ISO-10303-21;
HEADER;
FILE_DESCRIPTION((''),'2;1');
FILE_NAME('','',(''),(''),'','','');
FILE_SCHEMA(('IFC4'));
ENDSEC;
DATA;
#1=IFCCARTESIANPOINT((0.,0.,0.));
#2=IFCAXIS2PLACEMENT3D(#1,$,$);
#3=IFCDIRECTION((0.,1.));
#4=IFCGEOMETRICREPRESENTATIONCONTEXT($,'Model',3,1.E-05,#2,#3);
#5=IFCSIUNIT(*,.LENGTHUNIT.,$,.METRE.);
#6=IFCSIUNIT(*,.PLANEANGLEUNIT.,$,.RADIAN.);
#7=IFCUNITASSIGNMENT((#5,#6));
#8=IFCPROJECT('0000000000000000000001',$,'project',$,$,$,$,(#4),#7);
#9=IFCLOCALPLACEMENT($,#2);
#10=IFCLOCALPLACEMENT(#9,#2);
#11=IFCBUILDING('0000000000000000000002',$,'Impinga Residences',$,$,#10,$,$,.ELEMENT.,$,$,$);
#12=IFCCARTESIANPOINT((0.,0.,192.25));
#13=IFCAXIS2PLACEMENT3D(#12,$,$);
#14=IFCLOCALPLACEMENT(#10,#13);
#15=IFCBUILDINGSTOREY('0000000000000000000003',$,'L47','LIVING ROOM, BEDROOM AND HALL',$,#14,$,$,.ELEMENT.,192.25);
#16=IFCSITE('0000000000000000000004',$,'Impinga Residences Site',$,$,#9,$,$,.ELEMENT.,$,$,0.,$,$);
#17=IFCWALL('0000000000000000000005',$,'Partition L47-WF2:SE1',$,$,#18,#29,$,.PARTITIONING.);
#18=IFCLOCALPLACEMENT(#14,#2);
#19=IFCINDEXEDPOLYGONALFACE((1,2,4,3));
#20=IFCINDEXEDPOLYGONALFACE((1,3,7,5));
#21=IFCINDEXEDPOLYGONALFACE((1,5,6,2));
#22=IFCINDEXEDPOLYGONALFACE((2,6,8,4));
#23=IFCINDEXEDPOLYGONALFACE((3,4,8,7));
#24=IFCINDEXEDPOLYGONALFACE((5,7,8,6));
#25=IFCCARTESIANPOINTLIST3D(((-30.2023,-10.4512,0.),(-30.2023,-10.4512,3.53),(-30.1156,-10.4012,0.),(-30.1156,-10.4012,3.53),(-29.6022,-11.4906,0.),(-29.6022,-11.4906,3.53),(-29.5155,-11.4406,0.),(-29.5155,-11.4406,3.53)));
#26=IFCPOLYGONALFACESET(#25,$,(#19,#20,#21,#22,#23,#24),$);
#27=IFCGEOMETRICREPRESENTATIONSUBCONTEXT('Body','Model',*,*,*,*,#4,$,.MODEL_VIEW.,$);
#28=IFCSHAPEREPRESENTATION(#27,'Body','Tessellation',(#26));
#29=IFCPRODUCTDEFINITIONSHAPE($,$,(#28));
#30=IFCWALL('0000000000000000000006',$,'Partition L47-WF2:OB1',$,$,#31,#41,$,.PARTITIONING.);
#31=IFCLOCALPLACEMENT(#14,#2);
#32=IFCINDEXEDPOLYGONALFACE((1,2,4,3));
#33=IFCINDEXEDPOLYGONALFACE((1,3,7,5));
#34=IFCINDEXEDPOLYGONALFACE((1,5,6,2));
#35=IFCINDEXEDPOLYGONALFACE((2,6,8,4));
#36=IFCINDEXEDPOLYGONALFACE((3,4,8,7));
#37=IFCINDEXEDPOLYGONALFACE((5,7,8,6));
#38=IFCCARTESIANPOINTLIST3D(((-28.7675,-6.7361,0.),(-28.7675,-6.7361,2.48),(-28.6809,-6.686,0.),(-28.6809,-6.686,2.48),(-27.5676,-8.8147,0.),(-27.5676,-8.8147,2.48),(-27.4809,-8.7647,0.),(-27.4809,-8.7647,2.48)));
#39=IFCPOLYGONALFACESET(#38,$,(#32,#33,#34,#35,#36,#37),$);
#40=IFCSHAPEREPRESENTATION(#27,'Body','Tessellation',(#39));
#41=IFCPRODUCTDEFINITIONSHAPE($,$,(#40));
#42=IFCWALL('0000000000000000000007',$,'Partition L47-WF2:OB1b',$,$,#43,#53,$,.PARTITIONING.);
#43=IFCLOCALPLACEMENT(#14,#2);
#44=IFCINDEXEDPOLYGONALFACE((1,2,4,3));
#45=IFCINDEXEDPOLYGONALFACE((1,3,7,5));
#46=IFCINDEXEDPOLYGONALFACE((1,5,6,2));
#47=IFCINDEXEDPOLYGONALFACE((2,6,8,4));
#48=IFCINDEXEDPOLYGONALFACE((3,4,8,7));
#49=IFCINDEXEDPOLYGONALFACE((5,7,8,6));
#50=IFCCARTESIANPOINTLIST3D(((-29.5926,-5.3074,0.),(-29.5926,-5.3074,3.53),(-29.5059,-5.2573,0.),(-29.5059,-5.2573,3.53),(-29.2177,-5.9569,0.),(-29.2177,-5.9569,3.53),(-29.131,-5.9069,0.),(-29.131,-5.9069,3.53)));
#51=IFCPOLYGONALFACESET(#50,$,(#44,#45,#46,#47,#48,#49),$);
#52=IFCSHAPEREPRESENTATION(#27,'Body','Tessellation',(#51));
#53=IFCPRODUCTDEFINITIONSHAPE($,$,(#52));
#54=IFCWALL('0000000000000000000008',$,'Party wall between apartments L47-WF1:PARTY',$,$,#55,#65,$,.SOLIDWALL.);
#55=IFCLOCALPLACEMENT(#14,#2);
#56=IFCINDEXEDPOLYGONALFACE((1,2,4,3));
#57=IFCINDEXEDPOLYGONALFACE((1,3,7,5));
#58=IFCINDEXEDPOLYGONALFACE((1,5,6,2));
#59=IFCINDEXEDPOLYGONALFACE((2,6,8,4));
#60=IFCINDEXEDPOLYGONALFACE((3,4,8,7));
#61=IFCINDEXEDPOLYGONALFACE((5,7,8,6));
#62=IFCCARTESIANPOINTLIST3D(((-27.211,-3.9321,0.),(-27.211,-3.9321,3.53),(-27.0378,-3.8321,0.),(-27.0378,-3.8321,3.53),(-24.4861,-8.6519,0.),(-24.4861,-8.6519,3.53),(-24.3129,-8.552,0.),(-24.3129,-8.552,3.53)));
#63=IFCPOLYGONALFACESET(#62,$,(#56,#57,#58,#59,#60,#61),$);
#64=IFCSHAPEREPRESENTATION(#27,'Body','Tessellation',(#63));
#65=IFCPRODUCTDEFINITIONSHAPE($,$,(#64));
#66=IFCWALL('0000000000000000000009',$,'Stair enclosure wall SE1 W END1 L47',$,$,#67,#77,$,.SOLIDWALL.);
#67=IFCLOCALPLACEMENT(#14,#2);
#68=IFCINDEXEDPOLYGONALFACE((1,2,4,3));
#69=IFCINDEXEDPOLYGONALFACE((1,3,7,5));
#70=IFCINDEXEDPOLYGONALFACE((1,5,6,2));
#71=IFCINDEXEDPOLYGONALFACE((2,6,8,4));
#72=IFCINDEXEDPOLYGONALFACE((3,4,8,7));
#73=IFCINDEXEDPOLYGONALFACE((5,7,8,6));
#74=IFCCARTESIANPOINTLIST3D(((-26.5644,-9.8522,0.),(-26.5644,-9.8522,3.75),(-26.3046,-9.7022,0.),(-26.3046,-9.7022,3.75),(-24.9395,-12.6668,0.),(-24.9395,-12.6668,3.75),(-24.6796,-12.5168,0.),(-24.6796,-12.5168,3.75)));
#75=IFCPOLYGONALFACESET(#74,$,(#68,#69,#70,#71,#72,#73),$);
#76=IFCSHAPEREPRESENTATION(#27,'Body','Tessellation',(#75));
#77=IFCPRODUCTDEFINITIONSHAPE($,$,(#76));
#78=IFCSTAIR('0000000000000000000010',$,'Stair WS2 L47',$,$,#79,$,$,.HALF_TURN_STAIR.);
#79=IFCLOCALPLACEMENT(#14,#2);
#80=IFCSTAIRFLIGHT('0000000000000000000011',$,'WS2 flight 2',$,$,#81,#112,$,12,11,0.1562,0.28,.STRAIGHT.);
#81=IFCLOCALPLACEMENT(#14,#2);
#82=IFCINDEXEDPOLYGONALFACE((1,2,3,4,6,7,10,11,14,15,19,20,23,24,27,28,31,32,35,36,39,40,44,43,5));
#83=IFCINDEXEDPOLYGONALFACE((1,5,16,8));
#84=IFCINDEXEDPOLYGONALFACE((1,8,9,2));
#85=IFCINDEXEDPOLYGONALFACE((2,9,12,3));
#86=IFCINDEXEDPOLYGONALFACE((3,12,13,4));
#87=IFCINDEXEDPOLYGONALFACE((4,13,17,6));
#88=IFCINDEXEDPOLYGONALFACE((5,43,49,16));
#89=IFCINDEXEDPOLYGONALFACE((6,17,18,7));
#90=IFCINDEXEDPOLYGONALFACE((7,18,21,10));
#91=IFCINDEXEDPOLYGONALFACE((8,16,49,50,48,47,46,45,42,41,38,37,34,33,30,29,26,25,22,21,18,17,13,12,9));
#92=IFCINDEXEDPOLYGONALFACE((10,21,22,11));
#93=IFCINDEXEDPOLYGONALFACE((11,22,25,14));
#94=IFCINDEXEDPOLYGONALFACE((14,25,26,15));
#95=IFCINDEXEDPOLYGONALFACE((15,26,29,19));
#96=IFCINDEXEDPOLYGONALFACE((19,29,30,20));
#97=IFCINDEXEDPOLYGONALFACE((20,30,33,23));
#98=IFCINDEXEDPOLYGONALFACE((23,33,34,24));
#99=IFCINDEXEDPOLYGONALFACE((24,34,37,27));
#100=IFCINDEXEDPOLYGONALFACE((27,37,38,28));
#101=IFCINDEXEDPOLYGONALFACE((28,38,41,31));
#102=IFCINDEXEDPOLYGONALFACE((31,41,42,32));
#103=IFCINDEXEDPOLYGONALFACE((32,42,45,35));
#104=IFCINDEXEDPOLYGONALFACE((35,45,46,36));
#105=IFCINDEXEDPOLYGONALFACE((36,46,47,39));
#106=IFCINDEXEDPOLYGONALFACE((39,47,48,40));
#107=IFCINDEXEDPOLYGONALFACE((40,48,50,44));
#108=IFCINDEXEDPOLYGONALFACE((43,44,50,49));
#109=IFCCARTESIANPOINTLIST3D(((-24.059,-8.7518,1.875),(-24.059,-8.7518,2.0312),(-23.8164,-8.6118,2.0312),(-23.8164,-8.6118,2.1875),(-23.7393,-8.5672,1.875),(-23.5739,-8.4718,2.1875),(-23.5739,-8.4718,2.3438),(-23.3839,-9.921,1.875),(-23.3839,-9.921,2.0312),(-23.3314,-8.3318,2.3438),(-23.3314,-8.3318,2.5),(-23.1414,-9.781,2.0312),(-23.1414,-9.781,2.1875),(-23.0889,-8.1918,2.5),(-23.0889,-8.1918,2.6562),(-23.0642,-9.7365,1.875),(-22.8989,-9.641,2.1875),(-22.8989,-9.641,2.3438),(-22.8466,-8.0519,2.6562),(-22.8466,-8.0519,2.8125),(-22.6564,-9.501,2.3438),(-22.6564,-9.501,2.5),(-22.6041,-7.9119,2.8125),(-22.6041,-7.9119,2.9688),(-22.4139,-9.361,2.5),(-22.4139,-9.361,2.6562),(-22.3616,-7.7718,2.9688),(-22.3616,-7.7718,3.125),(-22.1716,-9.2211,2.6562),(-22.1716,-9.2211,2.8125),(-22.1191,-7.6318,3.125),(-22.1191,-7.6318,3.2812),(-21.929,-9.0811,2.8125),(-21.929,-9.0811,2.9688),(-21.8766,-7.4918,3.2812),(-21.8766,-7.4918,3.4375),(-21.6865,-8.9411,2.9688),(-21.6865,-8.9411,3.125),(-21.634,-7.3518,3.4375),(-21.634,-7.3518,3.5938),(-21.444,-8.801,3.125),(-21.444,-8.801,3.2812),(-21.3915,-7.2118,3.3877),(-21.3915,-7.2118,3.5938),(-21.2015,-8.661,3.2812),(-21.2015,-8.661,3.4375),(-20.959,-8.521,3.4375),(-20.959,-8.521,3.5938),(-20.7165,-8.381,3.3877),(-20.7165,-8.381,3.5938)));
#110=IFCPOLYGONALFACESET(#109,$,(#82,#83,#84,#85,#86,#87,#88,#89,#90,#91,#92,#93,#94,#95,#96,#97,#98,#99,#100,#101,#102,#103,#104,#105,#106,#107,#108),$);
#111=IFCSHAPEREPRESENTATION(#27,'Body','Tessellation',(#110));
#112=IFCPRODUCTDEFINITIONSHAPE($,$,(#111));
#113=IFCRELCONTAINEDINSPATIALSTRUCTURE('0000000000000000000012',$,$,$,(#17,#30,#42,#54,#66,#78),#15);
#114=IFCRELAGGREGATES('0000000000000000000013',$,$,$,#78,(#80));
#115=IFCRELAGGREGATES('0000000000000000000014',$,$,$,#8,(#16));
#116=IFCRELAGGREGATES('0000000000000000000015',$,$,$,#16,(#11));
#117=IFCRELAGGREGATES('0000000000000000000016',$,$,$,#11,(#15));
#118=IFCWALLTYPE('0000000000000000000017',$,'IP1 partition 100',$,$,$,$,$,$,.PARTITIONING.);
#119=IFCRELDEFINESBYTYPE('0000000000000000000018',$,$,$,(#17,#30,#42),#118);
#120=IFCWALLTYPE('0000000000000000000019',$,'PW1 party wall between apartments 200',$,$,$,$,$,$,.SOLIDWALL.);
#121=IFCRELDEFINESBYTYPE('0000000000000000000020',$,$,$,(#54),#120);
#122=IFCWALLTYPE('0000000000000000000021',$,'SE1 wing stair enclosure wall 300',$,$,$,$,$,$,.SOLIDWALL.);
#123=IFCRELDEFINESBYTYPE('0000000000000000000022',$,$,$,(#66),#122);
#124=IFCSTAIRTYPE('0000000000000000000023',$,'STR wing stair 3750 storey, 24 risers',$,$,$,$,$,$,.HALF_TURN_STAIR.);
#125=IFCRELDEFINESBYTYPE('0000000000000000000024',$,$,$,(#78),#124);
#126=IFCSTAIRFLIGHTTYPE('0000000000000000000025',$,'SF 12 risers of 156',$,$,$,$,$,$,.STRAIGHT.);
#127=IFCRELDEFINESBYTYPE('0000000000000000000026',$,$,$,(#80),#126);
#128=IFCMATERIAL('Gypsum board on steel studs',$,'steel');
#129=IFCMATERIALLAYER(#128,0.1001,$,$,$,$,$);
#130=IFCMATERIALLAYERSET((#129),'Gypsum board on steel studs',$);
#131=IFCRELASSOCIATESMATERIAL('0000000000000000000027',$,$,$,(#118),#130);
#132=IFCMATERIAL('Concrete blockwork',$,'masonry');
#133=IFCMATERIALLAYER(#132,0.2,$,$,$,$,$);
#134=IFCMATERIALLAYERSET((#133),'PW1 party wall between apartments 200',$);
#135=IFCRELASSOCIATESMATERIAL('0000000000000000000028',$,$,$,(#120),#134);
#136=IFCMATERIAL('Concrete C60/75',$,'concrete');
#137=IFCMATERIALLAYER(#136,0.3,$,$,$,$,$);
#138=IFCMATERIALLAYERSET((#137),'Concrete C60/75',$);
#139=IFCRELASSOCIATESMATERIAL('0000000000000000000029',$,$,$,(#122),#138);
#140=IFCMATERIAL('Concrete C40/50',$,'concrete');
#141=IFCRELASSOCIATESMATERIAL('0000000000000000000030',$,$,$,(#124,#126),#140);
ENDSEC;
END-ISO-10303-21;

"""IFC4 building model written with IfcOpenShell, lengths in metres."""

from ifc_helpers import new_model, si_unit, direction, frame, frame_2d, origin, place, context, subcontext, project, spatial, polyline, rectangle, outline, extrude, material, layer, layer_set, type_object, element, aggregate, save


model = new_model("IFC4")

# Units and contexts
model_context = context("Model", 3, precision=1e-05, world=origin(), true_north=direction((0.0, 1.0)))
body_context = subcontext(model_context, "Body", "Model", "MODEL_VIEW")
ifc_project = project(units=[si_unit("LENGTHUNIT", "METRE"), si_unit("PLANEANGLEUNIT", "RADIAN")], contexts=[model_context])

# Site, building, storey
site_placement = place(None, origin())
site = spatial("IfcSite", under=ifc_project, at=site_placement, Name="Impinga Residences Site", CompositionType="ELEMENT", RefElevation=0.0)
building_placement = place(site_placement, origin())
building = spatial("IfcBuilding", under=site, at=building_placement, Name="Impinga Residences", CompositionType="ELEMENT")
storey_placement = place(building_placement, frame((0.0, 0.0, 192.25)))
storey = spatial("IfcBuildingStorey", under=building, at=storey_placement, Name="L47", Description="LIVING ROOM, BEDROOM AND HALL", CompositionType="ELEMENT", Elevation=192.25)

# Shared definitions
ifc_material_1 = material(Name="Concrete C60/75", Category="concrete")

# Shared definitions
ifc_material_2 = material(Name="Gypsum board on steel studs", Category="steel")
ifc_layer_1 = layer(ifc_material_2, 0.1001)
ifc_layer_set_1 = layer_set([ifc_layer_1], Name="Gypsum board on steel studs")
wall_type_1 = type_object("IfcWallType", Name="IP1 partition 100", PredefinedType="PARTITIONING", material=ifc_layer_set_1)

# Walls
wall_1_placement = place(storey_placement, frame((-29.5588, -11.4656, 0.0), z_axis=(0.0, 0.0, 1.0), x_axis=(-0.500034, 0.866006, 0.0)))
element("IfcWall", 1, at=wall_1_placement, inside=storey, type_object=wall_type_1, Name="Partition L47-WF2:SE1", PredefinedType="PARTITIONING", context=body_context, shape_type="SweptSolid", body=[
    extrude(rectangle(XDim=1.2002, YDim=0.1001, at=frame_2d((0.6001, 0.0))), origin(), (0.0, 0.0, 1.0), 3.53),
])
wall_2_placement = place(storey_placement, frame((-27.5242, -8.7898, 0.0), z_axis=(0.0, 0.0, 1.0), x_axis=(-0.499957, 0.86605, 0.0)))
element("IfcWall", 2, at=wall_2_placement, inside=storey, type_object=wall_type_1, Name="Partition L47-WF2:OB1", PredefinedType="PARTITIONING", context=body_context, shape_type="SweptSolid", body=[
    extrude(rectangle(XDim=2.4001, YDim=0.1001, at=frame_2d((1.2002, 0.0))), origin(), (0.0, 0.0, 1.0), 2.48),
])
wall_3_placement = place(storey_placement, frame((-29.1743, -5.9319, 0.0), z_axis=(0.0, 0.0, 1.0), x_axis=(-0.49992, 0.866072, 0.0)))
element("IfcWall", 3, at=wall_3_placement, inside=storey, type_object=wall_type_1, Name="Partition L47-WF2:OB1b", PredefinedType="PARTITIONING", context=body_context, shape_type="SweptSolid", body=[
    extrude(rectangle(XDim=0.75, YDim=0.1001, at=frame_2d((0.375, 0.0))), origin(), (0.0, 0.0, 1.0), 3.53),
])
ifc_material_3 = material(Name="Concrete blockwork", Category="masonry")
ifc_layer_2 = layer(ifc_material_3, 0.2)
ifc_layer_set_2 = layer_set([ifc_layer_2], Name="PW1 party wall between apartments 200")
wall_type_2 = type_object("IfcWallType", Name="PW1 party wall between apartments 200", PredefinedType="SOLIDWALL", material=ifc_layer_set_2)
wall_4_placement = place(storey_placement, frame((-24.3994, -8.6021, 0.0), z_axis=(0.0, 0.0, 1.0), x_axis=(-0.499989, 0.866032, 0.0)))
element("IfcWall", 4, at=wall_4_placement, inside=storey, type_object=wall_type_2, Name="Party wall between apartments L47-WF1:PARTY", PredefinedType="SOLIDWALL", context=body_context, shape_type="SweptSolid", body=[
    extrude(rectangle(XDim=5.45, YDim=0.2, at=frame_2d((2.7251, 0.0))), origin(), (0.0, 0.0, 1.0), 3.53),
])
ifc_layer_3 = layer(ifc_material_1, 0.3)
ifc_layer_set_3 = layer_set([ifc_layer_3], Name="Concrete C60/75")
wall_type_3 = type_object("IfcWallType", Name="SE1 wing stair enclosure wall 300", PredefinedType="SOLIDWALL", material=ifc_layer_set_3)
wall_5_placement = place(storey_placement, frame((-24.8096, -12.5918, 0.0), z_axis=(0.0, 0.0, 1.0), x_axis=(-0.499985, 0.866034, 0.0)))
element("IfcWall", 5, at=wall_5_placement, inside=storey, type_object=wall_type_3, Name="Stair enclosure wall SE1 W END1 L47", PredefinedType="SOLIDWALL", context=body_context, shape_type="SweptSolid", body=[
    extrude(rectangle(XDim=3.25, YDim=0.3, at=frame_2d((1.625, 0.0))), origin(), (0.0, 0.0, 1.0), 3.75),
])

# Stair, stair flight
ifc_material_4 = material(Name="Concrete C40/50", Category="concrete")
stair_type = type_object("IfcStairType", Name="STR wing stair 3750 storey, 24 risers", PredefinedType="HALF_TURN_STAIR", material=ifc_material_4)
stair_placement = place(storey_placement, origin())
stair = element("IfcStair", 6, at=stair_placement, inside=storey, type_object=stair_type, Name="Stair WS2 L47", PredefinedType="HALF_TURN_STAIR")
stair_flight_type = type_object("IfcStairFlightType", Name="SF 12 risers of 156", PredefinedType="STRAIGHT", material=ifc_material_4)
stair_flight_placement = place(storey_placement, frame((-23.7214, -9.3364, 1.875), z_axis=(0.0, 0.0, 1.0), x_axis=(0.866025, 0.5, 0.0)))
stair_flight = element("IfcStairFlight", 7, at=stair_flight_placement, type_object=stair_flight_type, Name="WS2 flight 2", NumberOfRisers=12, NumberOfTreads=11, PredefinedType="STRAIGHT", RiserHeight=0.1562, TreadLength=0.28, context=body_context, shape_type="SweptSolid", body=[
    extrude(outline(polyline([(0.0, 0.0), (0.0, 0.1562), (0.28, 0.1562), (0.28, 0.3125), (0.5601, 0.3125), (0.5601, 0.4688), (0.8401, 0.4688), (0.8401, 0.625), (1.1201, 0.625), (1.1201, 0.7812), (1.3999, 0.7812), (1.3999, 0.9375), (1.6799, 0.9375), (1.6799, 1.0938), (1.96, 1.0938), (1.96, 1.25), (2.24, 1.25), (2.24, 1.4062), (2.52, 1.4062), (2.52, 1.5625), (2.8, 1.5625), (2.8, 1.7188), (3.0801, 1.7188), (3.0801, 1.875), (3.0801, 1.5127), (0.3691, 0.0), (0.0, 0.0)])), frame((0.0, 0.675, 0.0), z_axis=(0.0, -1.0, 0.0), x_axis=(1.0, 0.0, 0.0)), (0.0, 0.0, 1.0), 1.3501),
])
aggregate(stair, [stair_flight])

save(model, "model.ifc")
